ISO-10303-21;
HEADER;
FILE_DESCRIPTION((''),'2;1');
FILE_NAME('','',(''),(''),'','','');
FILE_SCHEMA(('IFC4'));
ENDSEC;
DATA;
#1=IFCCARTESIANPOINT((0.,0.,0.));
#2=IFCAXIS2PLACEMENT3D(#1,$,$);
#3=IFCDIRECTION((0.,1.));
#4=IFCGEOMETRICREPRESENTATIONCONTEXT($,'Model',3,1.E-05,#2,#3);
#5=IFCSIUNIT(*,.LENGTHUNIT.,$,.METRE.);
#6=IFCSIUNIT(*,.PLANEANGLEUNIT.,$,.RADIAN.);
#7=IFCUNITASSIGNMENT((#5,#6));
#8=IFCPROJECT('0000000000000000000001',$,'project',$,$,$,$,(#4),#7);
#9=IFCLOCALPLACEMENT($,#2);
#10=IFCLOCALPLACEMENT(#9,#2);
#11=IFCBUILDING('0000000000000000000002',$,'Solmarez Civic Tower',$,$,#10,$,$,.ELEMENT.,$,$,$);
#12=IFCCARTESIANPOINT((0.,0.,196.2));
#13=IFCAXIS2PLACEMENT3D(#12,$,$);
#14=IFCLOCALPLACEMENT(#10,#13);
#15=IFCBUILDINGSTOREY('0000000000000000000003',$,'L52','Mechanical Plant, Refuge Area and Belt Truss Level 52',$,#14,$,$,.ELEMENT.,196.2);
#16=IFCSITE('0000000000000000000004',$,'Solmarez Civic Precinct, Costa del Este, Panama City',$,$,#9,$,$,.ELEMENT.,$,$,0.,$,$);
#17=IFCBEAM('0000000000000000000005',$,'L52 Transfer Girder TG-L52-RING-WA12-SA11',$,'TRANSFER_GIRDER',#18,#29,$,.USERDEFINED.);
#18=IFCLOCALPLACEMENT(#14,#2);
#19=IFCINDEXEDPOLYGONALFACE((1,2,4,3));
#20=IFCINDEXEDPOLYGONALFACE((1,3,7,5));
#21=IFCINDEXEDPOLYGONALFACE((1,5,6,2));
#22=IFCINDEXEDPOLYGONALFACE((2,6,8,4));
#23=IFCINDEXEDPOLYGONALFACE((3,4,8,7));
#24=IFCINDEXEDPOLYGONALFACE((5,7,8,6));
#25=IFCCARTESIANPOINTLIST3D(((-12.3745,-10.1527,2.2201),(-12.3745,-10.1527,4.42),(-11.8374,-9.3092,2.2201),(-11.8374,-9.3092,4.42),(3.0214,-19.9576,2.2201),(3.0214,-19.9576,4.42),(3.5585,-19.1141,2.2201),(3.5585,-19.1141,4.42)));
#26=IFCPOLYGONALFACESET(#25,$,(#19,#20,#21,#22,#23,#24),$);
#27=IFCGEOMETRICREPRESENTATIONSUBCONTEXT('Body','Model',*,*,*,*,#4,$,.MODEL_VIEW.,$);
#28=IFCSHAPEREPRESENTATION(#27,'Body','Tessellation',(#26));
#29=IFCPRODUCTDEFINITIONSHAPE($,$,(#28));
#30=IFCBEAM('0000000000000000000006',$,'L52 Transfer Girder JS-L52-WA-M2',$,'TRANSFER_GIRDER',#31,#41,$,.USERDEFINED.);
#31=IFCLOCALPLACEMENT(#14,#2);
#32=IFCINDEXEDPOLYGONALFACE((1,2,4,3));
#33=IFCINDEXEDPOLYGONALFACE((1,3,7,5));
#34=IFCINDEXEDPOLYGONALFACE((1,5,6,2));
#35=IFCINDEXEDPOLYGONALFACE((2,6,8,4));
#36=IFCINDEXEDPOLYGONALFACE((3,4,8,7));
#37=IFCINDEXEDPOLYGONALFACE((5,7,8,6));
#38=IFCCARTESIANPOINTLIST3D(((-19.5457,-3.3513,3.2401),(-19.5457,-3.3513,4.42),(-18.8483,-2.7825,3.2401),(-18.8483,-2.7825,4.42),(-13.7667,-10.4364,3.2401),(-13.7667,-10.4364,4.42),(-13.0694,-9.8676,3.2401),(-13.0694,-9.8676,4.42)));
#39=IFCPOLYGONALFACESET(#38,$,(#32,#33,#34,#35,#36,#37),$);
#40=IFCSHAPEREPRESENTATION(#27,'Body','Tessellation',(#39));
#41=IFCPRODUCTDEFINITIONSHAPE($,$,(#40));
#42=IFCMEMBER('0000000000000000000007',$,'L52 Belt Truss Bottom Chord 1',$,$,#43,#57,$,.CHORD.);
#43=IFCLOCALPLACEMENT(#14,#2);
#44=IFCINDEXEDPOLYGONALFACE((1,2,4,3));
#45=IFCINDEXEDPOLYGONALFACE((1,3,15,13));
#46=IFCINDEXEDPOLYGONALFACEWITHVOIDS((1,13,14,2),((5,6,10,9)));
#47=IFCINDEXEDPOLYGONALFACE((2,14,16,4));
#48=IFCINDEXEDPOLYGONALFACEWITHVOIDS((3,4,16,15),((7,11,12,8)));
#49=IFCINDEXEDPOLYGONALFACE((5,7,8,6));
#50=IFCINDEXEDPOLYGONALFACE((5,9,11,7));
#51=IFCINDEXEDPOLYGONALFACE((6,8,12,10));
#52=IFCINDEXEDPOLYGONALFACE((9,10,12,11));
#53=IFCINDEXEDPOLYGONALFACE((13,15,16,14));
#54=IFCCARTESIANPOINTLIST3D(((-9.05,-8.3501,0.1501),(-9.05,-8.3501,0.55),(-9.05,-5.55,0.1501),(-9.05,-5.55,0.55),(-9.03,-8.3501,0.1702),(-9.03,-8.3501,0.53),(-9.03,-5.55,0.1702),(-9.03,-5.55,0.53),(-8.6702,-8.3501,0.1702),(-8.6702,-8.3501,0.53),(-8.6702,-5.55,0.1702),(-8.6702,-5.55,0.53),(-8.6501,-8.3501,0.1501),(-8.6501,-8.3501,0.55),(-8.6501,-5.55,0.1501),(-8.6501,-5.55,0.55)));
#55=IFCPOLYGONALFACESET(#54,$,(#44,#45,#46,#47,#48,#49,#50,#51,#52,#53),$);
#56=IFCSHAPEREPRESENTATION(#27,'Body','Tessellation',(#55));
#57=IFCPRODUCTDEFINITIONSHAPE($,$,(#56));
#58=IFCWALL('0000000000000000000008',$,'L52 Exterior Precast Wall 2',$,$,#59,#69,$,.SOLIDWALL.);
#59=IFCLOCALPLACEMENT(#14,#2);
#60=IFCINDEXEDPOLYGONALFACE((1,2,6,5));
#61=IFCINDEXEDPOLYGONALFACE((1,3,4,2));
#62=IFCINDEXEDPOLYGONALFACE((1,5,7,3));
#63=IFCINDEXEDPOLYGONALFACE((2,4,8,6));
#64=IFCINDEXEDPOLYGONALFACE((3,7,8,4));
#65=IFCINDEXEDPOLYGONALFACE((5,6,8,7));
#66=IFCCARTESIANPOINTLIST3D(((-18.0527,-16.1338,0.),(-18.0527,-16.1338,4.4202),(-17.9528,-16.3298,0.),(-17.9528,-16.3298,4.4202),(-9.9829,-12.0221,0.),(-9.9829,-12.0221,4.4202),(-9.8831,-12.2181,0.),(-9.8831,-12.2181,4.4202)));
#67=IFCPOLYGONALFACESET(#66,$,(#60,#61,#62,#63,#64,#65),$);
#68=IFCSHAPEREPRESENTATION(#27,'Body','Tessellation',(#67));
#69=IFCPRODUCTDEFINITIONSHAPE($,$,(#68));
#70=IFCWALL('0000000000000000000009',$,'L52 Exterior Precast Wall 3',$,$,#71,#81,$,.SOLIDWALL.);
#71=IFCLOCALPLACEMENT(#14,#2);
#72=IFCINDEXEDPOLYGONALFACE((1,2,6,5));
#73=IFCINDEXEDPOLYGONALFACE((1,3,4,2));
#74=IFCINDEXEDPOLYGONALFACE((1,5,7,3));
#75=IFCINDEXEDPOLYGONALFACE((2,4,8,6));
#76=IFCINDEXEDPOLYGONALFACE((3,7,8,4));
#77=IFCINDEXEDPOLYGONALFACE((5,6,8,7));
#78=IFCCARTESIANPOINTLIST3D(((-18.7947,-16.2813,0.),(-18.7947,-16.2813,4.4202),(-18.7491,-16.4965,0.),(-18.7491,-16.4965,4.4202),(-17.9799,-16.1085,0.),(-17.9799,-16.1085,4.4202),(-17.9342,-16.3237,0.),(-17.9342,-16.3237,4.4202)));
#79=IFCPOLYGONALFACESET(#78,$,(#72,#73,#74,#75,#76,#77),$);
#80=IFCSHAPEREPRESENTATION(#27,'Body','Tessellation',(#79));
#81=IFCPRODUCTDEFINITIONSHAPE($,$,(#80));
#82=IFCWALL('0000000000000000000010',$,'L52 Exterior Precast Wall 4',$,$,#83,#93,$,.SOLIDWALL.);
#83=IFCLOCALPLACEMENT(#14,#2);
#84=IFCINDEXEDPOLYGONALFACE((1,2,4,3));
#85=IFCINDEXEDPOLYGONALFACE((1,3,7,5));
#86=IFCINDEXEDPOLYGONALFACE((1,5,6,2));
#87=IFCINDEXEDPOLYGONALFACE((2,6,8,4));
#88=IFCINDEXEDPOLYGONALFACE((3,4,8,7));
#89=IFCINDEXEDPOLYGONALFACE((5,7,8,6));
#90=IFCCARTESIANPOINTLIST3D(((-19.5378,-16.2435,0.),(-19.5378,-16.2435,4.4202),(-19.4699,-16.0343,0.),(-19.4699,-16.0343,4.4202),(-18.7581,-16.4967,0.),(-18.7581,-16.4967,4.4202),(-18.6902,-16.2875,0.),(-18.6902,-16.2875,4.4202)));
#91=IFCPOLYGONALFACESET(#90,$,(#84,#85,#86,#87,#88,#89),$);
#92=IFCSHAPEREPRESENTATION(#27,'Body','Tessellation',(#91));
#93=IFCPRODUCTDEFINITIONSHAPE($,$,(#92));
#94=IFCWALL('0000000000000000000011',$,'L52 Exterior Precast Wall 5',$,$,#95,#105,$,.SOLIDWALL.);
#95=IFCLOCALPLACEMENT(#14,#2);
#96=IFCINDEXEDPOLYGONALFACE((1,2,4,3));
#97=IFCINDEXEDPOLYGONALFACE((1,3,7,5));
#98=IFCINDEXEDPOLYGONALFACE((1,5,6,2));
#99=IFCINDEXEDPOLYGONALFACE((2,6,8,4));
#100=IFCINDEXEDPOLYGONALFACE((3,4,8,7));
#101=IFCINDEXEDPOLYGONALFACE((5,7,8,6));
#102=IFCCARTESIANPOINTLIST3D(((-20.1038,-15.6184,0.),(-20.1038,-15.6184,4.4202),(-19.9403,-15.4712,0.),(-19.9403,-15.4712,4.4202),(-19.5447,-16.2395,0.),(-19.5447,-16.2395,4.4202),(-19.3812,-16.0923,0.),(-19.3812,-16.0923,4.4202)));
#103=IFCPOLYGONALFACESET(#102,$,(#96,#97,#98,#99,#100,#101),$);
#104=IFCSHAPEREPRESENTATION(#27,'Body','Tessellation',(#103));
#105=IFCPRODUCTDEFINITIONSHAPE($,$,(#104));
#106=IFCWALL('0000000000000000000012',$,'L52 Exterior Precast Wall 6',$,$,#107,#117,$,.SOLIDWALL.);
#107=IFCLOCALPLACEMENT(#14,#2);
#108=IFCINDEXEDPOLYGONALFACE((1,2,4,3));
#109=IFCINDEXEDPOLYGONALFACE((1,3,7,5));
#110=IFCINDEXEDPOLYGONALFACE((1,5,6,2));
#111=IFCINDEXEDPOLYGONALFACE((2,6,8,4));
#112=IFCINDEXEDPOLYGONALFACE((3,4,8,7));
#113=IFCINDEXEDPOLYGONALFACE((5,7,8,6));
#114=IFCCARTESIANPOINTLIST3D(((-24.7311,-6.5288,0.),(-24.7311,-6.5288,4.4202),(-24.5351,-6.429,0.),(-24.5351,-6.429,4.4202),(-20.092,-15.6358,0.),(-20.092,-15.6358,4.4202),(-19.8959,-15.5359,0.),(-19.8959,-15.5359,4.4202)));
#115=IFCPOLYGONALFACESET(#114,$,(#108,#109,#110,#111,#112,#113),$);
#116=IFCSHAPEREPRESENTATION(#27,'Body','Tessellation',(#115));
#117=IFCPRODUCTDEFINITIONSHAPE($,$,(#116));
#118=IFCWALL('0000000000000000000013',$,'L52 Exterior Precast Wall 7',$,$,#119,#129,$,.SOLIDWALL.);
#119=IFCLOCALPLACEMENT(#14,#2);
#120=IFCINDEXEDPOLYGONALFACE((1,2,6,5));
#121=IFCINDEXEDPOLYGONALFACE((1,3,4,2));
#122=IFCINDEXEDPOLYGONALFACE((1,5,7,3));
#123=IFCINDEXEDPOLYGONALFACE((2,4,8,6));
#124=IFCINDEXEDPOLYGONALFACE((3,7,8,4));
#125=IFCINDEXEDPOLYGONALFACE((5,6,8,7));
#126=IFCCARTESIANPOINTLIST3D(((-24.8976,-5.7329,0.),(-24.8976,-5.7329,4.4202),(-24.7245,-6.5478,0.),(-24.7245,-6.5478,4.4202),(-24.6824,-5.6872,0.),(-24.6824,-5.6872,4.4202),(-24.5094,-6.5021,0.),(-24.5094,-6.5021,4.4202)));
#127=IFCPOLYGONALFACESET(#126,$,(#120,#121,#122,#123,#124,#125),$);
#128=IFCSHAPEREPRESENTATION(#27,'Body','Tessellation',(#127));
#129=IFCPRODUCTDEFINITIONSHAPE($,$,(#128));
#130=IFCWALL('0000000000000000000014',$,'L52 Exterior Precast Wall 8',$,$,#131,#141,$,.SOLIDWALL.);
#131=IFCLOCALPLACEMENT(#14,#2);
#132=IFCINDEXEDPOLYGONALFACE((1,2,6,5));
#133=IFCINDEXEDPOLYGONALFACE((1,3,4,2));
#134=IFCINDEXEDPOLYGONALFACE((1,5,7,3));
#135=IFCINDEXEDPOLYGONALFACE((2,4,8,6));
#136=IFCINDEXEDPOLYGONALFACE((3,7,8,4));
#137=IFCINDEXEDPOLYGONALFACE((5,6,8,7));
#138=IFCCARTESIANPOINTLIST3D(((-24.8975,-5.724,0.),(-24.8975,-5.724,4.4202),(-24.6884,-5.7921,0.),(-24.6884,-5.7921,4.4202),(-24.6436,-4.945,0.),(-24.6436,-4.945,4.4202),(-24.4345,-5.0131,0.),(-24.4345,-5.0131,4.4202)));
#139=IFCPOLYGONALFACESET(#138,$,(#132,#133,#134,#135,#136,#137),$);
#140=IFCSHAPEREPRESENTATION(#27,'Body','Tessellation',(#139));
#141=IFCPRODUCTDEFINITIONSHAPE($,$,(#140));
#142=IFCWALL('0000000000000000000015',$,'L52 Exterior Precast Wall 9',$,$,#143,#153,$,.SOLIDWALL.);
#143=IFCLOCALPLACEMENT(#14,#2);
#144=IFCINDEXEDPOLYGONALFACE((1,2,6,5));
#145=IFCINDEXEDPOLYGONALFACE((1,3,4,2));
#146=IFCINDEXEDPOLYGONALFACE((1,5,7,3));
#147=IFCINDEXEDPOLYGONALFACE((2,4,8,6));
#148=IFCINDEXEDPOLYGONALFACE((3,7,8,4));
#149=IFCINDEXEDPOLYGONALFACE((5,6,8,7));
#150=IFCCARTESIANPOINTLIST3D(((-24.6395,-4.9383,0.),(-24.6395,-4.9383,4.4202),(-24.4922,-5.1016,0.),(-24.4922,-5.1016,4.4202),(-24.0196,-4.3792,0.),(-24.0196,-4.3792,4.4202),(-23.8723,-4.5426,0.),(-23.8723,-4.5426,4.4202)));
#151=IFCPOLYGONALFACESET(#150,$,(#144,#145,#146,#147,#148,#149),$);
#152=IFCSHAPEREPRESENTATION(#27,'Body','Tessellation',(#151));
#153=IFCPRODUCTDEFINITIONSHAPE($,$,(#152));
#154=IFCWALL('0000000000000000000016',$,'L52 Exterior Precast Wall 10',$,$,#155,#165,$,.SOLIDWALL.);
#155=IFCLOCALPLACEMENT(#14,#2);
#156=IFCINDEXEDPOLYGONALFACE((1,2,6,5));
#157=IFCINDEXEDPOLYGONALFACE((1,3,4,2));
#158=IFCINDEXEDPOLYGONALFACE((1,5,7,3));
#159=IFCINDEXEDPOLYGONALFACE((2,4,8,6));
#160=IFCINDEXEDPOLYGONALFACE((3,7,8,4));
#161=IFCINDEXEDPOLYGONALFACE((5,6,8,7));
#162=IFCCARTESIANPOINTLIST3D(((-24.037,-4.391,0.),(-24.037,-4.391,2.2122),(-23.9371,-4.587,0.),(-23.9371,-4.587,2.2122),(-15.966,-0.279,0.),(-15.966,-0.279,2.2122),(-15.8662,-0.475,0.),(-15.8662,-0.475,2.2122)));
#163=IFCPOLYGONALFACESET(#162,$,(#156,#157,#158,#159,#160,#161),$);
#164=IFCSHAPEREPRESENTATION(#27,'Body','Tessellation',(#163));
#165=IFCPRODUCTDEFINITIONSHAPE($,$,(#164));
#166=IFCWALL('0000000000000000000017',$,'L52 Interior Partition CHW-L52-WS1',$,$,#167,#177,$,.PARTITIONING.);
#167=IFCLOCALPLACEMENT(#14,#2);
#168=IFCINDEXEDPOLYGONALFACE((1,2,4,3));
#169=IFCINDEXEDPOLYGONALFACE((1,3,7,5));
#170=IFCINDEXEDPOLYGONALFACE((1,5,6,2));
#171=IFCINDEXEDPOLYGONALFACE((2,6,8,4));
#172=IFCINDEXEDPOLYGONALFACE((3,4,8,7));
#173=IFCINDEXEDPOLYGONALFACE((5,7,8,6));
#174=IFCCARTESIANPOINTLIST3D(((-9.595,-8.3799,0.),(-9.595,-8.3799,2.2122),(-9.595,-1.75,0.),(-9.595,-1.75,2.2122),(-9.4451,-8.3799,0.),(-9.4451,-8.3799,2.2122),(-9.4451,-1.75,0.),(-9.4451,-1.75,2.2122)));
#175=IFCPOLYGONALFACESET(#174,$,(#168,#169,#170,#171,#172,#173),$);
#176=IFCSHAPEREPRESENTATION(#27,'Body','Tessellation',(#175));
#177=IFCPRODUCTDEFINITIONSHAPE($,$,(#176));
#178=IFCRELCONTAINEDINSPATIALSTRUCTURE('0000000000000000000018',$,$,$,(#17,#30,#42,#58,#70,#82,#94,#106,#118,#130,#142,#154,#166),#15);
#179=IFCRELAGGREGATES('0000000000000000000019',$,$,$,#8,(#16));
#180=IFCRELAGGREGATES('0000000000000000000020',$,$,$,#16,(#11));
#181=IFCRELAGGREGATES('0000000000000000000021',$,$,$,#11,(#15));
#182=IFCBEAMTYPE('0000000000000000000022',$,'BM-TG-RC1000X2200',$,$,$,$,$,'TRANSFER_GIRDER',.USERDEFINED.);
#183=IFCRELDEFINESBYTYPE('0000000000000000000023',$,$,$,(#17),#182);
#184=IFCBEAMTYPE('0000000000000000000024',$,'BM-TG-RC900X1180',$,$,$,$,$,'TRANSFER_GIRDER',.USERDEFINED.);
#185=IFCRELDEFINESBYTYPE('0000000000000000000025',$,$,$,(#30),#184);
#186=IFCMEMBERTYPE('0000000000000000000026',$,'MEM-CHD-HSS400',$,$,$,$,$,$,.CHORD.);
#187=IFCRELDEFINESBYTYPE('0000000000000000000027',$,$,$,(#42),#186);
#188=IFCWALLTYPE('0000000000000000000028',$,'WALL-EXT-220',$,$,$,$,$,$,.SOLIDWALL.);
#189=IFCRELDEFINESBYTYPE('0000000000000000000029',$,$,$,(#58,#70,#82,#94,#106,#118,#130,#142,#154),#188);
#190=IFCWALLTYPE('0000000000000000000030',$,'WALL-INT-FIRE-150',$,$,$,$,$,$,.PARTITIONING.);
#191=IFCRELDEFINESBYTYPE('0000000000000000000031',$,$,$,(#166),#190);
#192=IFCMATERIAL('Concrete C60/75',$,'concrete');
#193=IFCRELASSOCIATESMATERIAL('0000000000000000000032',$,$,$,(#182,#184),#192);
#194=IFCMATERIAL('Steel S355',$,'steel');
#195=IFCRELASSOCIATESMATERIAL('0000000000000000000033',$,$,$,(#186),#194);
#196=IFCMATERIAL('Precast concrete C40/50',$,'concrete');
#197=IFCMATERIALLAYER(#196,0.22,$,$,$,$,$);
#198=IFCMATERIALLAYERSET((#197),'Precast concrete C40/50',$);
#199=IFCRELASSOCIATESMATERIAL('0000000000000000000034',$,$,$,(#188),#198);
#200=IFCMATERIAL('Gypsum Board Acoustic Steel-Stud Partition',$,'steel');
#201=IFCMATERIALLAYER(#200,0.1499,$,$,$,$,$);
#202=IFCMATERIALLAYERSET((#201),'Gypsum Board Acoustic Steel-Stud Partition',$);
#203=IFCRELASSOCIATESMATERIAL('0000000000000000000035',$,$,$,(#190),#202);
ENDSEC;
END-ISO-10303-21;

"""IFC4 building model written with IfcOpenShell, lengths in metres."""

from ifc_helpers import new_model, si_unit, direction, frame, frame_2d, origin, origin_2d, place, context, subcontext, project, spatial, rectangle, hollow_rectangle, extrude, material, layer, layer_set, material_profile, profile_set, type_object, element, save


model = new_model("IFC4")

# Units and contexts
model_context = context("Model", 3, precision=1e-05, world=origin(), true_north=direction((0.0, 1.0)))
body_context = subcontext(model_context, "Body", "Model", "MODEL_VIEW")
ifc_project = project(units=[si_unit("LENGTHUNIT", "METRE"), si_unit("PLANEANGLEUNIT", "RADIAN")], contexts=[model_context])

# Site, building, storey
site_placement = place(None, origin())
site = spatial("IfcSite", under=ifc_project, at=site_placement, Name="Solmarez Civic Precinct, Costa del Este, Panama City", CompositionType="ELEMENT", RefElevation=0.0)
building_placement = place(site_placement, origin())
building = spatial("IfcBuilding", under=site, at=building_placement, Name="Solmarez Civic Tower", CompositionType="ELEMENT")
storey_placement = place(building_placement, frame((0.0, 0.0, 196.2)))
storey = spatial("IfcBuildingStorey", under=building, at=storey_placement, Name="L52", Description="Mechanical Plant, Refuge Area and Belt Truss Level 52", CompositionType="ELEMENT", Elevation=196.2)

# Shared definitions
ifc_material_1 = material(Name="Steel S355", Category="steel")

# Beams
ifc_material_2 = material(Name="Concrete C60/75", Category="concrete")
ifc_material_profile_1 = material_profile(ifc_material_2, rectangle(XDim=1.0, YDim=2.2, at=origin_2d()), Name="RC1000X2200")
ifc_profile_set_1 = profile_set([ifc_material_profile_1], Name="Concrete C60/75")
beam_type_1 = type_object("IfcBeamType", Name="BM-TG-RC1000X2200", ElementType="TRANSFER_GIRDER", PredefinedType="USERDEFINED", material=ifc_profile_set_1)
beam_1_placement = place(storey_placement, frame((-12.106, -9.731, 3.3201), z_axis=(0.843476, -0.537167, 0.0), x_axis=(0.537167, 0.843476, 0.0)))
element("IfcBeam", 1, at=beam_1_placement, inside=storey, type_object=beam_type_1, Name="L52 Transfer Girder TG-L52-RING-WA12-SA11", ObjectType="TRANSFER_GIRDER", PredefinedType="USERDEFINED", context=body_context, shape_type="SweptSolid", body=[
    extrude(rectangle(XDim=1.0, YDim=2.2, at=origin_2d()), origin(), (0.0, 0.0, 1.0), 18.2529),
])
ifc_material_profile_2 = material_profile(ifc_material_2, rectangle(XDim=0.8999, YDim=1.1799, at=origin_2d()), Name="RC900X1180")
ifc_profile_set_2 = profile_set([ifc_material_profile_2], Name="Concrete C60/75")
beam_type_2 = type_object("IfcBeamType", Name="BM-TG-RC900X1180", ElementType="TRANSFER_GIRDER", PredefinedType="USERDEFINED", material=ifc_profile_set_2)
beam_2_placement = place(storey_placement, frame((-19.197, -3.0669, 3.8301), z_axis=(0.632062, -0.774918, 0.0), x_axis=(0.774918, 0.632062, 0.0)))
element("IfcBeam", 2, at=beam_2_placement, inside=storey, type_object=beam_type_2, Name="L52 Transfer Girder JS-L52-WA-M2", ObjectType="TRANSFER_GIRDER", PredefinedType="USERDEFINED", context=body_context, shape_type="SweptSolid", body=[
    extrude(rectangle(XDim=0.8999, YDim=1.1799, at=origin_2d()), origin(), (0.0, 0.0, 1.0), 9.1431),
])

# Member
ifc_material_profile_3 = material_profile(ifc_material_1, hollow_rectangle(XDim=0.3999, YDim=0.3999, WallThickness=0.02, at=origin_2d()), Name="HSS400X400X20")
ifc_profile_set_3 = profile_set([ifc_material_profile_3], Name="Steel S355")
member_type = type_object("IfcMemberType", Name="MEM-CHD-HSS400", PredefinedType="CHORD", material=ifc_profile_set_3)
member_placement = place(storey_placement, frame((-8.8501, -8.3501, 0.3501), z_axis=(0.0, 1.0, 0.0), x_axis=(-1.0, 0.0, 0.0)))
element("IfcMember", 3, at=member_placement, inside=storey, type_object=member_type, Name="L52 Belt Truss Bottom Chord 1", PredefinedType="CHORD", context=body_context, shape_type="SweptSolid", body=[
    extrude(hollow_rectangle(XDim=0.3999, YDim=0.3999, WallThickness=0.02, at=origin_2d()), origin(), (0.0, 0.0, 1.0), 2.8),
])

# Walls
ifc_material_3 = material(Name="Precast concrete C40/50", Category="concrete")
ifc_layer_1 = layer(ifc_material_3, 0.22)
ifc_layer_set_1 = layer_set([ifc_layer_1], Name="Precast concrete C40/50")
wall_type_1 = type_object("IfcWallType", Name="WALL-EXT-220", PredefinedType="SOLIDWALL", material=ifc_layer_set_1)
wall_1_placement = place(storey_placement, frame((-9.9331, -12.1201, 0.0), z_axis=(0.0, 0.0, 1.0), x_axis=(-0.891005, -0.453994, 0.0)))
element("IfcWall", 4, at=wall_1_placement, inside=storey, type_object=wall_type_1, Name="L52 Exterior Precast Wall 2", PredefinedType="SOLIDWALL", context=body_context, shape_type="SweptSolid", body=[
    extrude(rectangle(XDim=9.0569, YDim=0.22, at=frame_2d((4.5283, 0.0))), origin(), (0.0, 0.0, 1.0), 4.4202),
])
wall_2_placement = place(storey_placement, frame((-17.957, -16.2161, 0.0), z_axis=(0.0, 0.0, 1.0), x_axis=(-0.978238, -0.207487, 0.0)))
element("IfcWall", 5, at=wall_2_placement, inside=storey, type_object=wall_type_1, Name="L52 Exterior Precast Wall 3", PredefinedType="SOLIDWALL", context=body_context, shape_type="SweptSolid", body=[
    extrude(rectangle(XDim=0.833, YDim=0.22, at=frame_2d((0.4165, 0.0))), origin(), (0.0, 0.0, 1.0), 4.4202),
])
wall_3_placement = place(storey_placement, frame((-18.7241, -16.3921, 0.0), z_axis=(0.0, 0.0, 1.0), x_axis=(-0.951126, 0.308803, 0.0)))
element("IfcWall", 6, at=wall_3_placement, inside=storey, type_object=wall_type_1, Name="L52 Exterior Precast Wall 4", PredefinedType="SOLIDWALL", context=body_context, shape_type="SweptSolid", body=[
    extrude(rectangle(XDim=0.8198, YDim=0.22, at=frame_2d((0.4099, 0.0))), origin(), (0.0, 0.0, 1.0), 4.4202),
])
wall_4_placement = place(storey_placement, frame((-19.4629, -16.166, 0.0), z_axis=(0.0, 0.0, 1.0), x_axis=(-0.669029, 0.743236, 0.0)))
element("IfcWall", 7, at=wall_4_placement, inside=storey, type_object=wall_type_1, Name="L52 Exterior Precast Wall 5", PredefinedType="SOLIDWALL", context=body_context, shape_type="SweptSolid", body=[
    extrude(rectangle(XDim=0.8357, YDim=0.22, at=frame_2d((0.418, 0.0))), origin(), (0.0, 0.0, 1.0), 4.4202),
])
wall_5_placement = place(storey_placement, frame((-19.9939, -15.5859, 0.0), z_axis=(0.0, 0.0, 1.0), x_axis=(-0.453909, 0.891048, 0.0)))
element("IfcWall", 8, at=wall_5_placement, inside=storey, type_object=wall_type_1, Name="L52 Exterior Precast Wall 6", PredefinedType="SOLIDWALL", context=body_context, shape_type="SweptSolid", body=[
    extrude(rectangle(XDim=10.2205, YDim=0.22, at=frame_2d((5.1104, 0.0))), origin(), (0.0, 0.0, 1.0), 4.4202),
])
wall_6_placement = place(storey_placement, frame((-24.6169, -6.5249, 0.0), z_axis=(0.0, 0.0, 1.0), x_axis=(-0.207768, 0.978178, 0.0)))
element("IfcWall", 9, at=wall_6_placement, inside=storey, type_object=wall_type_1, Name="L52 Exterior Precast Wall 7", PredefinedType="SOLIDWALL", context=body_context, shape_type="SweptSolid", body=[
    extrude(rectangle(XDim=0.833, YDim=0.22, at=frame_2d((0.4165, 0.0))), origin(), (0.0, 0.0, 1.0), 4.4202),
])
wall_7_placement = place(storey_placement, frame((-24.793, -5.7581, 0.0), z_axis=(0.0, 0.0, 1.0), x_axis=(0.309874, 0.950778, 0.0)))
element("IfcWall", 10, at=wall_7_placement, inside=storey, type_object=wall_type_1, Name="L52 Exterior Precast Wall 8", PredefinedType="SOLIDWALL", context=body_context, shape_type="SweptSolid", body=[
    extrude(rectangle(XDim=0.8193, YDim=0.22, at=frame_2d((0.4097, 0.0))), origin(), (0.0, 0.0, 1.0), 4.4202),
])
wall_8_placement = place(storey_placement, frame((-24.5659, -5.02, 0.0), z_axis=(0.0, 0.0, 1.0), x_axis=(0.742581, 0.669756, 0.0)))
element("IfcWall", 11, at=wall_8_placement, inside=storey, type_object=wall_type_1, Name="L52 Exterior Precast Wall 9", PredefinedType="SOLIDWALL", context=body_context, shape_type="SweptSolid", body=[
    extrude(rectangle(XDim=0.8347, YDim=0.22, at=frame_2d((0.4175, 0.0))), origin(), (0.0, 0.0, 1.0), 4.4202),
])
wall_9_placement = place(storey_placement, frame((-23.9871, -4.489, 0.0), z_axis=(0.0, 0.0, 1.0), x_axis=(0.891022, 0.453961, 0.0)))
element("IfcWall", 12, at=wall_9_placement, inside=storey, type_object=wall_type_1, Name="L52 Exterior Precast Wall 10", PredefinedType="SOLIDWALL", context=body_context, shape_type="SweptSolid", body=[
    extrude(rectangle(XDim=9.0581, YDim=0.22, at=frame_2d((4.5291, 0.0))), origin(), (0.0, 0.0, 1.0), 2.2122),
])
ifc_material_4 = material(Name="Gypsum Board Acoustic Steel-Stud Partition", Category="steel")
ifc_layer_2 = layer(ifc_material_4, 0.1499)
ifc_layer_set_2 = layer_set([ifc_layer_2], Name="Gypsum Board Acoustic Steel-Stud Partition")
wall_type_2 = type_object("IfcWallType", Name="WALL-INT-FIRE-150", PredefinedType="PARTITIONING", material=ifc_layer_set_2)
wall_10_placement = place(storey_placement, frame((-9.52, -8.3799, 0.0), z_axis=(0.0, 0.0, 1.0), x_axis=(0.0, 1.0, 0.0)))
element("IfcWall", 13, at=wall_10_placement, inside=storey, type_object=wall_type_2, Name="L52 Interior Partition CHW-L52-WS1", PredefinedType="PARTITIONING", context=body_context, shape_type="SweptSolid", body=[
    extrude(rectangle(XDim=6.6299, YDim=0.1499, at=frame_2d((3.3149, 0.0))), origin(), (0.0, 0.0, 1.0), 2.2122),
])

save(model, "model.ifc")
